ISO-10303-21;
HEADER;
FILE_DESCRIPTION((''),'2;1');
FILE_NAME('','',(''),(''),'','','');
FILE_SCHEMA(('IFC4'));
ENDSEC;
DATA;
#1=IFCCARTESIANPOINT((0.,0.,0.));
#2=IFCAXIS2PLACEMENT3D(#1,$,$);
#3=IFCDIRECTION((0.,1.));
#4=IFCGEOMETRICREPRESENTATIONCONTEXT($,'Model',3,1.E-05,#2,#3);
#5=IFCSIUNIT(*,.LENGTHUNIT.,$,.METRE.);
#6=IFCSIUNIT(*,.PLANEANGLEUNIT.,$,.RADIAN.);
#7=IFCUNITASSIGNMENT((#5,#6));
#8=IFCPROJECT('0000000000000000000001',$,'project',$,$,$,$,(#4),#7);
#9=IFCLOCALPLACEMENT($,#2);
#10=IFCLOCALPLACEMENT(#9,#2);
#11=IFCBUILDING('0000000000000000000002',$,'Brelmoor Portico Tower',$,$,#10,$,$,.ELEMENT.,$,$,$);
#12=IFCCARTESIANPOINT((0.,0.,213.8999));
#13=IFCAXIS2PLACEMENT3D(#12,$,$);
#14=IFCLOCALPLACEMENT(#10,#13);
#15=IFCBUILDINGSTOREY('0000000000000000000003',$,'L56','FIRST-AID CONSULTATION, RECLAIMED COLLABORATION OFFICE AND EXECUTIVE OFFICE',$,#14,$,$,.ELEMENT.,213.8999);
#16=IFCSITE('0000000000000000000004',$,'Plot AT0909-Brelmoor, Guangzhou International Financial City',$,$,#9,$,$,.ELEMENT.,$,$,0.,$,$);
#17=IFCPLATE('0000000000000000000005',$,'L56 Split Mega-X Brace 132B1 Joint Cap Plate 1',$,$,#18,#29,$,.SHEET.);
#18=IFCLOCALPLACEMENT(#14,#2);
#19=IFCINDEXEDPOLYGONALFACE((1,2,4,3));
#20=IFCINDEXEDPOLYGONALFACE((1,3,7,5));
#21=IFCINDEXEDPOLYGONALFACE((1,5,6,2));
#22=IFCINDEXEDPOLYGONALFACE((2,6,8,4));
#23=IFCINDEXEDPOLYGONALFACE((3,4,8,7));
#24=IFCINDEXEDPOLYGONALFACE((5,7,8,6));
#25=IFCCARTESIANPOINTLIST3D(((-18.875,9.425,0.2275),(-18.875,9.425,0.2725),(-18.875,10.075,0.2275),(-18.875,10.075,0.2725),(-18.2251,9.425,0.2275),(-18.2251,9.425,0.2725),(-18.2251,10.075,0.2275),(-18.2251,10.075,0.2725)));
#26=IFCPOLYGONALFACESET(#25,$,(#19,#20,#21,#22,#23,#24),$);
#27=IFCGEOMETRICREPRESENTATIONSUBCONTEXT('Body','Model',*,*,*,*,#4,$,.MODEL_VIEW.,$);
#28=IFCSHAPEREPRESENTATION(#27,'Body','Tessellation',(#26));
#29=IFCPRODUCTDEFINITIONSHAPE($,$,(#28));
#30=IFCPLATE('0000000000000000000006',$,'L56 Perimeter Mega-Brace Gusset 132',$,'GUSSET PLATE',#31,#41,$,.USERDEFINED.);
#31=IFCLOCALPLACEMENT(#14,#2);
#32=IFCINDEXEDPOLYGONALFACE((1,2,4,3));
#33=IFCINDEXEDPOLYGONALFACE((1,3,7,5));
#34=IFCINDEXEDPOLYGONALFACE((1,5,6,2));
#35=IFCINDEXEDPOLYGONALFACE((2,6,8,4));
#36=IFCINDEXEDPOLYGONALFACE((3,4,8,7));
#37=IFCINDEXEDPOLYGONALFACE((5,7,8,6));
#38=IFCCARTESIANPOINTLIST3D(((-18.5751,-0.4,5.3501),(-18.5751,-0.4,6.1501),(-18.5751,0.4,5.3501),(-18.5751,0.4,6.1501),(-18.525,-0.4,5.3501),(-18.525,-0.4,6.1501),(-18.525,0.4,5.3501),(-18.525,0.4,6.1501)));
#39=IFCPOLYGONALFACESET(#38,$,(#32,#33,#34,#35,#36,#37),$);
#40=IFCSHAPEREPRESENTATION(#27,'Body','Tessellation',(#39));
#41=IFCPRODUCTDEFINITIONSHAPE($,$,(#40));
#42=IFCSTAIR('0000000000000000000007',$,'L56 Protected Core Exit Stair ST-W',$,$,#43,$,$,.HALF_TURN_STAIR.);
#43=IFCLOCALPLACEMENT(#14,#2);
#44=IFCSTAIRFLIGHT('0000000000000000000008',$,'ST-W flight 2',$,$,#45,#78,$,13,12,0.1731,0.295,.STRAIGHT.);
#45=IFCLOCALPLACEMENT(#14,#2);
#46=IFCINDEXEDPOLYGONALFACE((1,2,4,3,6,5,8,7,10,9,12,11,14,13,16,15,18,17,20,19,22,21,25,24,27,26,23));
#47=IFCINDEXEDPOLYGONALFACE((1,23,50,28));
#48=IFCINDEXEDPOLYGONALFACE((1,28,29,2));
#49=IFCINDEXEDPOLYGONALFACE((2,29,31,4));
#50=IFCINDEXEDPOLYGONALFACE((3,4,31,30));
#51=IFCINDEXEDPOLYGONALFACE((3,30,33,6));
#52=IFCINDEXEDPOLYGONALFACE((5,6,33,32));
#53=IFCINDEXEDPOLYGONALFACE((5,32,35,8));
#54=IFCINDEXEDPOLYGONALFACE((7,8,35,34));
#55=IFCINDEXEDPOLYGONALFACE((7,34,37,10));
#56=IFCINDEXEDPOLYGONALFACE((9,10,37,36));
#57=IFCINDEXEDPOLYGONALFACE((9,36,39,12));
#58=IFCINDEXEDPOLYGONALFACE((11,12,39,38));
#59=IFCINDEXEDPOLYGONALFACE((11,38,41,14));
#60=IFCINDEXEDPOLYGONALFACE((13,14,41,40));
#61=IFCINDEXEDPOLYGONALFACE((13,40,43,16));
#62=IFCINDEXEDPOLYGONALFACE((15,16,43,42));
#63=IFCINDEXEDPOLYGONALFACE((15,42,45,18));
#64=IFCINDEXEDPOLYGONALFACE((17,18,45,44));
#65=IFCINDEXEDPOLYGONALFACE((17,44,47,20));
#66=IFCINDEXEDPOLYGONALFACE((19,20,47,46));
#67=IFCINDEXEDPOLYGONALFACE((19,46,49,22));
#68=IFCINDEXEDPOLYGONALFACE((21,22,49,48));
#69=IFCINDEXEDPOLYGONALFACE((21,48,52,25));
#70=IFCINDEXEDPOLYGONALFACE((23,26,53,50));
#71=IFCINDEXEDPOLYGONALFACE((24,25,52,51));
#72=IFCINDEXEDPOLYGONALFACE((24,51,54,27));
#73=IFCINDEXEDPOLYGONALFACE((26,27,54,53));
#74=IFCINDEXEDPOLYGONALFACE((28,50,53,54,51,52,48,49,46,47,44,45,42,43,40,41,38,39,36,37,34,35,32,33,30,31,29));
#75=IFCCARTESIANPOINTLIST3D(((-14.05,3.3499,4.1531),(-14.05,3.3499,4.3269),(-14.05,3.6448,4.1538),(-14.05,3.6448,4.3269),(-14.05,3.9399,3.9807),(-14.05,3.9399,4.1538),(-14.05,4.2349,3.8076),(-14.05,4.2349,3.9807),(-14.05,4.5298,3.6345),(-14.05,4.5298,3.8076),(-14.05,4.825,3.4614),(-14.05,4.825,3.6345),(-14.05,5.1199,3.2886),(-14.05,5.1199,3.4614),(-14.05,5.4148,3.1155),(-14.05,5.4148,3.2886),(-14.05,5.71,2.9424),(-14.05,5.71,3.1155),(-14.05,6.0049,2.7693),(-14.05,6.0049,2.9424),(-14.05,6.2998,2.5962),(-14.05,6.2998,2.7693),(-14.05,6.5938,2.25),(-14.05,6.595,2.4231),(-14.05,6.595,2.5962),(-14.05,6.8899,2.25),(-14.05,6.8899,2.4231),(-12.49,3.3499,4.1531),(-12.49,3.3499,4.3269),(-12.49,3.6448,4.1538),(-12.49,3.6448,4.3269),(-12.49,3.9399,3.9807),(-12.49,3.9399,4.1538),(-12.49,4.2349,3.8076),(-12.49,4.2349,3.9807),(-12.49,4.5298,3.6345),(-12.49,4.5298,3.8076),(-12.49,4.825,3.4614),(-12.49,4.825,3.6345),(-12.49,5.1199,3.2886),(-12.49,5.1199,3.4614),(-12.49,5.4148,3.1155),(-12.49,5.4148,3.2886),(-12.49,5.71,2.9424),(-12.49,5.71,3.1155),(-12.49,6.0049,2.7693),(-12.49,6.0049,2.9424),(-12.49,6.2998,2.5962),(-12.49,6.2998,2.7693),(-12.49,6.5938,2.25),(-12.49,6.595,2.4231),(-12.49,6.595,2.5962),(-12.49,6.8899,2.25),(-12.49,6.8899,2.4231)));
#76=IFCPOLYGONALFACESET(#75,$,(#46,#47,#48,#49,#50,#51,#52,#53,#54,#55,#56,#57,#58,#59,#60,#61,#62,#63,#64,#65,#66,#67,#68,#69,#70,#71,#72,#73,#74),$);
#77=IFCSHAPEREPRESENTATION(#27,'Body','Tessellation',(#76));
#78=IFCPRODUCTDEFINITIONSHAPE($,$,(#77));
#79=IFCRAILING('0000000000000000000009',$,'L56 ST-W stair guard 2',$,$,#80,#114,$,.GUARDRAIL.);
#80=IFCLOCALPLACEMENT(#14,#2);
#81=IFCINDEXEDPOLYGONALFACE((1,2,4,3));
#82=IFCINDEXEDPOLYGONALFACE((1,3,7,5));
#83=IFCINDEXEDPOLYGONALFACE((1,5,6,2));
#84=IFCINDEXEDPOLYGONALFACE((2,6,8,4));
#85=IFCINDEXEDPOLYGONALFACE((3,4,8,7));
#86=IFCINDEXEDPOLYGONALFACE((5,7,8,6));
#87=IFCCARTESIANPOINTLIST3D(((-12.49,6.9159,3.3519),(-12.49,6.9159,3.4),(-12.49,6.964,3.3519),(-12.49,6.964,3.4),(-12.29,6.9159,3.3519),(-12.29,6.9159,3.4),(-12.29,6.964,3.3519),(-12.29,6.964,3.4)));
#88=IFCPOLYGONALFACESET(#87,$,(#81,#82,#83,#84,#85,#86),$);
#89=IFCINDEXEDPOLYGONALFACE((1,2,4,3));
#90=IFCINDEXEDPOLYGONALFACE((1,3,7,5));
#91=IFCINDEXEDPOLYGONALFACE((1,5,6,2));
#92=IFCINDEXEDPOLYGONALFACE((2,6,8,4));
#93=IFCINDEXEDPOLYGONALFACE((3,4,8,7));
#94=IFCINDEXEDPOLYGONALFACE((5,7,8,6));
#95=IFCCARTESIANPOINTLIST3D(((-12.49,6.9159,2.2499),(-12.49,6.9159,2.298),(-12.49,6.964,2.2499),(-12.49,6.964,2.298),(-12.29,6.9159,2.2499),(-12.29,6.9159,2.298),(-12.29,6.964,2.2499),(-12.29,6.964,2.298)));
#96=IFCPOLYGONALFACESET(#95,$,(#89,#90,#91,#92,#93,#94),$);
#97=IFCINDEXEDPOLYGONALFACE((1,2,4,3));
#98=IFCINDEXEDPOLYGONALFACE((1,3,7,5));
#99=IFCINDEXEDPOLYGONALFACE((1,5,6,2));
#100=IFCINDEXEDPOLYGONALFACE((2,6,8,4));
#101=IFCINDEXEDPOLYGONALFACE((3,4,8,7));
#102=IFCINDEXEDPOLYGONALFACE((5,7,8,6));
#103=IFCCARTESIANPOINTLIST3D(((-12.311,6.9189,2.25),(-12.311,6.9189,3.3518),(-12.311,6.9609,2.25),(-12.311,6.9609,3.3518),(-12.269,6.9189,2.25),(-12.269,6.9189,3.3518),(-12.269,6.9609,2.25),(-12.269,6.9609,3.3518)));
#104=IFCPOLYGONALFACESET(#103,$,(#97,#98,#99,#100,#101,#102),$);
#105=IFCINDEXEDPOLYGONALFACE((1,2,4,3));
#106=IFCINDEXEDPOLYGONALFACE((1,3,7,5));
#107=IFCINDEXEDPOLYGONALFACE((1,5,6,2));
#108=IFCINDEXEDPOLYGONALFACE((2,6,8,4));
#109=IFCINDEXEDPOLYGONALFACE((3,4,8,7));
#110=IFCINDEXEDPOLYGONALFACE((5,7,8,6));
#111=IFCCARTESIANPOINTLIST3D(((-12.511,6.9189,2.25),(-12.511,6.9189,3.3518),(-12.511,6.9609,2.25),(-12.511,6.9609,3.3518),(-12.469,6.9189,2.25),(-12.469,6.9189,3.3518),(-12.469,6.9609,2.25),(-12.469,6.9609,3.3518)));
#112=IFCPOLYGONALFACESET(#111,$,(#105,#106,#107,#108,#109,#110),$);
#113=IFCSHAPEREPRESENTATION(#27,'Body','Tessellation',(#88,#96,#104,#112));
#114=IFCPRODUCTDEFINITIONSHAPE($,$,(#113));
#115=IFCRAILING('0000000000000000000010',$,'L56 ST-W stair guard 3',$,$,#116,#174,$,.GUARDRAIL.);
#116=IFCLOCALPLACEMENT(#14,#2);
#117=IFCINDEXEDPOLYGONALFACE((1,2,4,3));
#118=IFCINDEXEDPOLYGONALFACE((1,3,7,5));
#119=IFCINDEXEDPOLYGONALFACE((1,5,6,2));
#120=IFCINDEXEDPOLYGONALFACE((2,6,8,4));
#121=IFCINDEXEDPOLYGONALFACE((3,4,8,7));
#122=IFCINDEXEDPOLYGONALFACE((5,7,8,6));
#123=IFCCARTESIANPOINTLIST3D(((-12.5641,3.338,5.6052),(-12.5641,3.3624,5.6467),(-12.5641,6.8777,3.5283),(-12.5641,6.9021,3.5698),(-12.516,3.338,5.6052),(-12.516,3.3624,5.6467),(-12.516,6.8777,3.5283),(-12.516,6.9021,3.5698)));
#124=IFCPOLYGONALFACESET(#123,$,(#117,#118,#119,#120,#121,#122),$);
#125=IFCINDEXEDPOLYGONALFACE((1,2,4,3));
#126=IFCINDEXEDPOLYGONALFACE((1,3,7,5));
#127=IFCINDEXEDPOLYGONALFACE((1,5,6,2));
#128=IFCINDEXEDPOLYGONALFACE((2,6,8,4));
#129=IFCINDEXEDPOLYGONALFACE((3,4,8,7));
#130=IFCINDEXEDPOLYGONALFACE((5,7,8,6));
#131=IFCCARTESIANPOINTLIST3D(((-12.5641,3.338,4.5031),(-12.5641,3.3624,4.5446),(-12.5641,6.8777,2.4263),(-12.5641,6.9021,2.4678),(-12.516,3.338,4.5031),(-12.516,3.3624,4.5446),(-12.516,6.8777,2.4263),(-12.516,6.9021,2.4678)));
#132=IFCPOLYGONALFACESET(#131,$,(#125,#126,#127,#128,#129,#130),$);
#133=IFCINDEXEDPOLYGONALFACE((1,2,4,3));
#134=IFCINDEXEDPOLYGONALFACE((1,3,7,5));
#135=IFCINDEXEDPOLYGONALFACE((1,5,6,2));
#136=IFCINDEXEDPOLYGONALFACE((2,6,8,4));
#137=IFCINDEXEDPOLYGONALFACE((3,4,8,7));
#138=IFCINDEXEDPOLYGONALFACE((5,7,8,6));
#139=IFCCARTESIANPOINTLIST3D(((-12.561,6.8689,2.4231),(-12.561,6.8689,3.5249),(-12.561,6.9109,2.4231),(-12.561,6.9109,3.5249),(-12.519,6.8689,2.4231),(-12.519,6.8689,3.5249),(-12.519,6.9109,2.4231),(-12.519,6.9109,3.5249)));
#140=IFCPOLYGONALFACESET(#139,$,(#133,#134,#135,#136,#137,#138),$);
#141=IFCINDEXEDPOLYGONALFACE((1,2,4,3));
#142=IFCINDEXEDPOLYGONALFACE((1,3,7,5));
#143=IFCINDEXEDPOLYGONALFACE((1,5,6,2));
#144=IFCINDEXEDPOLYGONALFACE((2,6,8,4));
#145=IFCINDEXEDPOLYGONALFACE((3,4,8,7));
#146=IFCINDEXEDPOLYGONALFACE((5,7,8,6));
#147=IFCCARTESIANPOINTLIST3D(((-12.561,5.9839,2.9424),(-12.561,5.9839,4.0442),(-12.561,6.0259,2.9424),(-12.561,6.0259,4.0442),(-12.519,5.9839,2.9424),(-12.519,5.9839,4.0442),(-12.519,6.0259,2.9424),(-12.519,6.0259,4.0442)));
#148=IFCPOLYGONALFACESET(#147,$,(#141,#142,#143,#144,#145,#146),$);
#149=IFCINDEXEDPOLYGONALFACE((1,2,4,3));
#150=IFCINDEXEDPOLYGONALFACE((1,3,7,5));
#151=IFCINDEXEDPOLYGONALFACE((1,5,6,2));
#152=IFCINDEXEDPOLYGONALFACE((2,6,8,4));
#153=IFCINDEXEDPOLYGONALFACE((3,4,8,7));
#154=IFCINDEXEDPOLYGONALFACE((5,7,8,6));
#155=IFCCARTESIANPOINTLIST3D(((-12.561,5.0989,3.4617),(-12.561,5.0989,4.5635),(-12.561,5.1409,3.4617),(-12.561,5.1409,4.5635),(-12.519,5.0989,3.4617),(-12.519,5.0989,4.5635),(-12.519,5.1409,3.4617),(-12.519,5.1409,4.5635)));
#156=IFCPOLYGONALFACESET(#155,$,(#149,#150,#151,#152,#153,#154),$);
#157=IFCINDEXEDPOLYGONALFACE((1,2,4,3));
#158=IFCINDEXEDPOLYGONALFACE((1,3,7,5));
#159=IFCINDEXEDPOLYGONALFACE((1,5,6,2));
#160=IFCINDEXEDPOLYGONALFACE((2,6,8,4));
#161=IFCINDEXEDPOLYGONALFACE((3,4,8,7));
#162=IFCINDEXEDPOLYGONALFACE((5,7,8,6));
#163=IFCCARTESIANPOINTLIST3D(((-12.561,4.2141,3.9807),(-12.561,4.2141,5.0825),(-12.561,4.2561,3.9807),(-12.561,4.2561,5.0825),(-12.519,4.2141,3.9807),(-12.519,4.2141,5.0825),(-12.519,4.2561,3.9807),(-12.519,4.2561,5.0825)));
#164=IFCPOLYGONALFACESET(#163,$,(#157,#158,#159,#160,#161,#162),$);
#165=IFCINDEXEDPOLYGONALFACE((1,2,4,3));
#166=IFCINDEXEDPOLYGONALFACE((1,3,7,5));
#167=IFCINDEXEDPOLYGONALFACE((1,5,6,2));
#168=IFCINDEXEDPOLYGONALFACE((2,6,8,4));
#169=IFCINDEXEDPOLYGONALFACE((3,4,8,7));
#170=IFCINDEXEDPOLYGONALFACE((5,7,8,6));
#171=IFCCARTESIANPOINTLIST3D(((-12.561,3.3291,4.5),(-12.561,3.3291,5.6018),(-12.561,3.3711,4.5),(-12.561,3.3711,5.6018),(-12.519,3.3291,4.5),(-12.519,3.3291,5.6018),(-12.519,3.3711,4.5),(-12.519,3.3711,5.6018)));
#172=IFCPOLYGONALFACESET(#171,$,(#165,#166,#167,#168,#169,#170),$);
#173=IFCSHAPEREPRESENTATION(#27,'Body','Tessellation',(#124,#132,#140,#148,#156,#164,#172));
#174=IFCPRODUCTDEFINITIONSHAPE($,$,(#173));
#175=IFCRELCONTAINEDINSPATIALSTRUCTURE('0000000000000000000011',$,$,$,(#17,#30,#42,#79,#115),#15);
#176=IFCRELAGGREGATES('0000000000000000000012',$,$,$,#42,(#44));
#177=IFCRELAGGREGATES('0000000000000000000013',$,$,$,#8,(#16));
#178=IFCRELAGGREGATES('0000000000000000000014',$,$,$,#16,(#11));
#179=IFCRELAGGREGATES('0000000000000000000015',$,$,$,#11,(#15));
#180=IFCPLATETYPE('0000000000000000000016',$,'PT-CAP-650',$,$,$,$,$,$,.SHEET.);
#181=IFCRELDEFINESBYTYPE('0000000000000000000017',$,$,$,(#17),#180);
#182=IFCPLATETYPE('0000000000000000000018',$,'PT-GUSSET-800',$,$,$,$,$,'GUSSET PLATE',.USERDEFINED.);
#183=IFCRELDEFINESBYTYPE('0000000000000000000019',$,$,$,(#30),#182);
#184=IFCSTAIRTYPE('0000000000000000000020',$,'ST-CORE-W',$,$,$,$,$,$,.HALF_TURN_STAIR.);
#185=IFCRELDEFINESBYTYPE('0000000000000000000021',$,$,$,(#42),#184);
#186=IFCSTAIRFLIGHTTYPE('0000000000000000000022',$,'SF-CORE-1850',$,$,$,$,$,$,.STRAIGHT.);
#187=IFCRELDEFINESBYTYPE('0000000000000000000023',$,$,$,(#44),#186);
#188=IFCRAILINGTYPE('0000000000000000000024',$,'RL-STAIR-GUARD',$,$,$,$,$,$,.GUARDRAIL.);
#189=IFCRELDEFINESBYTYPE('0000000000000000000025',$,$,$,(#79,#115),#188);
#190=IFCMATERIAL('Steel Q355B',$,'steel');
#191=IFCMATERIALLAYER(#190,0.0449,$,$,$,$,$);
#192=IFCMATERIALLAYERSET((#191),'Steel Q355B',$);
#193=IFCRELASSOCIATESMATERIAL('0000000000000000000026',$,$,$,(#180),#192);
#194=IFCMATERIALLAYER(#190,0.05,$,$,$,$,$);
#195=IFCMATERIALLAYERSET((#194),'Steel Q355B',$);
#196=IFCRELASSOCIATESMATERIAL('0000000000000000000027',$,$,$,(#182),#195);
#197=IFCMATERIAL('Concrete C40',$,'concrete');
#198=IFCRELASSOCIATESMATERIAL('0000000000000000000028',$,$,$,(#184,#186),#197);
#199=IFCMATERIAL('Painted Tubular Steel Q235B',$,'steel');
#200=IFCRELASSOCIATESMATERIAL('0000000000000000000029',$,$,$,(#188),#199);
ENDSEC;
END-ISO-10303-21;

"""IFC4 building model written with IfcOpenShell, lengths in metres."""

from ifc_helpers import new_model, si_unit, direction, frame, origin, origin_2d, place, context, subcontext, project, spatial, polyline, rectangle, outline, extrude, material, layer, layer_set, type_object, element, aggregate, save


model = new_model("IFC4")

# Units and contexts
model_context = context("Model", 3, precision=1e-05, world=origin(), true_north=direction((0.0, 1.0)))
body_context = subcontext(model_context, "Body", "Model", "MODEL_VIEW")
ifc_project = project(units=[si_unit("LENGTHUNIT", "METRE"), si_unit("PLANEANGLEUNIT", "RADIAN")], contexts=[model_context])

# Site, building, storey
site_placement = place(None, origin())
site = spatial("IfcSite", under=ifc_project, at=site_placement, Name="Plot AT0909-Brelmoor, Guangzhou International Financial City", CompositionType="ELEMENT", RefElevation=0.0)
building_placement = place(site_placement, origin())
building = spatial("IfcBuilding", under=site, at=building_placement, Name="Brelmoor Portico Tower", CompositionType="ELEMENT")
storey_placement = place(building_placement, frame((0.0, 0.0, 213.8999)))
storey = spatial("IfcBuildingStorey", under=building, at=storey_placement, Name="L56", Description="FIRST-AID CONSULTATION, RECLAIMED COLLABORATION OFFICE AND EXECUTIVE OFFICE", CompositionType="ELEMENT", Elevation=213.8999)

# Shared definitions
ifc_material_1 = material(Name="Steel Q355B", Category="steel")

# Plates
ifc_layer_1 = layer(ifc_material_1, 0.0449)
ifc_layer_set_1 = layer_set([ifc_layer_1], Name="Steel Q355B")
plate_type_1 = type_object("IfcPlateType", Name="PT-CAP-650", PredefinedType="SHEET", material=ifc_layer_set_1)
for number, where, z_axis, x_axis, name in (
    (1, (-18.55, 9.75, 0.2275), (0.0, 0.0, 1.0), (1.0, 0.0, 0.0), "L56 Split Mega-X Brace 132B1 Joint Cap Plate 1"),
):
    element("IfcPlate", number, at=place(storey_placement, frame(where, z_axis=z_axis, x_axis=x_axis)), inside=storey, type_object=plate_type_1, Name=name, PredefinedType="SHEET", context=body_context, shape_type="SweptSolid", body=[
        extrude(rectangle(XDim=0.6499, YDim=0.6499, at=origin_2d()), origin(), (0.0, 0.0, 1.0), 0.0449),
    ])
ifc_layer_2 = layer(ifc_material_1, 0.05)
ifc_layer_set_2 = layer_set([ifc_layer_2], Name="Steel Q355B")
plate_type_2 = type_object("IfcPlateType", Name="PT-GUSSET-800", ElementType="GUSSET PLATE", PredefinedType="USERDEFINED", material=ifc_layer_set_2)
plate_placement = place(storey_placement, frame((-18.55, 0.0, 5.3501), z_axis=(0.0, 0.0, 1.0), x_axis=(1.0, 0.0, 0.0)))
element("IfcPlate", 2, at=plate_placement, inside=storey, type_object=plate_type_2, Name="L56 Perimeter Mega-Brace Gusset 132", ObjectType="GUSSET PLATE", PredefinedType="USERDEFINED", context=body_context, shape_type="SweptSolid", body=[
    extrude(rectangle(XDim=0.05, YDim=0.8, at=origin_2d()), origin(), (0.0, 0.0, 1.0), 0.8),
])

# Stair, stair flight
ifc_material_2 = material(Name="Concrete C40", Category="concrete")
stair_type = type_object("IfcStairType", Name="ST-CORE-W", PredefinedType="HALF_TURN_STAIR", material=ifc_material_2)
stair_placement = place(storey_placement, origin())
stair = element("IfcStair", 3, at=stair_placement, inside=storey, type_object=stair_type, Name="L56 Protected Core Exit Stair ST-W", PredefinedType="HALF_TURN_STAIR")
stair_flight_type = type_object("IfcStairFlightType", Name="SF-CORE-1850", PredefinedType="STRAIGHT", material=ifc_material_2)
stair_flight_placement = place(storey_placement, frame((-13.27, 6.8899, 2.25), z_axis=(0.0, 0.0, 1.0), x_axis=(0.0, -1.0, 0.0)))
stair_flight = element("IfcStairFlight", 4, at=stair_flight_placement, type_object=stair_flight_type, Name="ST-W flight 2", NumberOfRisers=13, NumberOfTreads=12, PredefinedType="STRAIGHT", RiserHeight=0.1731, TreadLength=0.295, context=body_context, shape_type="SweptSolid", body=[
    extrude(outline(polyline([(0.0, 0.0), (0.0, 0.1731), (0.2949, 0.1731), (0.2949, 0.3462), (0.5901, 0.3462), (0.5901, 0.5193), (0.885, 0.5193), (0.885, 0.6924), (1.1799, 0.6924), (1.1799, 0.8655), (1.4751, 0.8655), (1.4751, 1.0386), (1.77, 1.0386), (1.77, 1.2114), (2.0649, 1.2114), (2.0649, 1.3845), (2.3601, 1.3845), (2.3601, 1.5576), (2.655, 1.5576), (2.655, 1.7307), (2.95, 1.7307), (2.95, 1.9038), (3.2451, 1.9038), (3.2451, 2.0769), (3.54, 2.0769), (3.54, 2.25), (3.54, 1.9031), (0.2961, 0.0), (0.0, 0.0)])), frame((0.0, 0.78, 0.0), z_axis=(0.0, -1.0, 0.0), x_axis=(1.0, 0.0, 0.0)), (0.0, 0.0, 1.0), 1.5601),
])
aggregate(stair, [stair_flight])

# Railings
ifc_material_3 = material(Name="Painted Tubular Steel Q235B", Category="steel")
railing_type_1 = type_object("IfcRailingType", Name="RL-STAIR-GUARD", PredefinedType="GUARDRAIL", material=ifc_material_3)
railing_1_placement = place(storey_placement, frame((-12.29, 6.9399, 2.25)))
element("IfcRailing", 5, at=railing_1_placement, inside=storey, type_object=railing_type_1, Name="L56 ST-W stair guard 2", PredefinedType="GUARDRAIL", context=body_context, shape_type="SweptSolid", body=[
    extrude(rectangle(XDim=0.0481, YDim=0.0481, at=origin_2d()), frame((0.0, 0.0, 1.126), z_axis=(-1.0, 0.0, 0.0), x_axis=(0.0, -1.0, 0.0)), (0.0, 0.0, 1.0), 0.2),
    extrude(rectangle(XDim=0.0481, YDim=0.0481, at=origin_2d()), frame((0.0, 0.0, 0.0239), z_axis=(-1.0, 0.0, 0.0), x_axis=(0.0, -1.0, 0.0)), (0.0, 0.0, 1.0), 0.2),
    extrude(rectangle(XDim=0.042, YDim=0.042, at=origin_2d()), origin(), (0.0, 0.0, 1.0), 1.1018),
    extrude(rectangle(XDim=0.042, YDim=0.042, at=origin_2d()), frame((-0.2, 0.0, 0.0)), (0.0, 0.0, 1.0), 1.1018),
])
railing_2_placement = place(storey_placement, frame((-12.54, 6.8899, 2.4231)))
element("IfcRailing", 6, at=railing_2_placement, inside=storey, type_object=railing_type_1, Name="L56 ST-W stair guard 3", PredefinedType="GUARDRAIL", context=body_context, shape_type="SweptSolid", body=[
    extrude(rectangle(XDim=0.0481, YDim=0.0481, at=origin_2d()), frame((0.0, 0.0, 1.126), z_axis=(0.0, -0.862501, 0.506055), x_axis=(1.0, 0.0, 0.0)), (0.0, 0.0, 1.0), 4.104),
    extrude(rectangle(XDim=0.0481, YDim=0.0481, at=origin_2d()), frame((0.0, 0.0, 0.0239), z_axis=(0.0, -0.862501, 0.506055), x_axis=(1.0, 0.0, 0.0)), (0.0, 0.0, 1.0), 4.104),
    extrude(rectangle(XDim=0.042, YDim=0.042, at=origin_2d()), origin(), (0.0, 0.0, 1.0), 1.1018),
    extrude(rectangle(XDim=0.042, YDim=0.042, at=origin_2d()), frame((0.0, -0.885, 0.5193)), (0.0, 0.0, 1.0), 1.1018),
    extrude(rectangle(XDim=0.042, YDim=0.042, at=origin_2d()), frame((0.0, -1.77, 1.0386)), (0.0, 0.0, 1.0), 1.1018),
    extrude(rectangle(XDim=0.042, YDim=0.042, at=origin_2d()), frame((0.0, -2.6548, 1.5576)), (0.0, 0.0, 1.0), 1.1018),
    extrude(rectangle(XDim=0.042, YDim=0.042, at=origin_2d()), frame((0.0, -3.5398, 2.0769)), (0.0, 0.0, 1.0), 1.1018),
])

save(model, "model.ifc")
